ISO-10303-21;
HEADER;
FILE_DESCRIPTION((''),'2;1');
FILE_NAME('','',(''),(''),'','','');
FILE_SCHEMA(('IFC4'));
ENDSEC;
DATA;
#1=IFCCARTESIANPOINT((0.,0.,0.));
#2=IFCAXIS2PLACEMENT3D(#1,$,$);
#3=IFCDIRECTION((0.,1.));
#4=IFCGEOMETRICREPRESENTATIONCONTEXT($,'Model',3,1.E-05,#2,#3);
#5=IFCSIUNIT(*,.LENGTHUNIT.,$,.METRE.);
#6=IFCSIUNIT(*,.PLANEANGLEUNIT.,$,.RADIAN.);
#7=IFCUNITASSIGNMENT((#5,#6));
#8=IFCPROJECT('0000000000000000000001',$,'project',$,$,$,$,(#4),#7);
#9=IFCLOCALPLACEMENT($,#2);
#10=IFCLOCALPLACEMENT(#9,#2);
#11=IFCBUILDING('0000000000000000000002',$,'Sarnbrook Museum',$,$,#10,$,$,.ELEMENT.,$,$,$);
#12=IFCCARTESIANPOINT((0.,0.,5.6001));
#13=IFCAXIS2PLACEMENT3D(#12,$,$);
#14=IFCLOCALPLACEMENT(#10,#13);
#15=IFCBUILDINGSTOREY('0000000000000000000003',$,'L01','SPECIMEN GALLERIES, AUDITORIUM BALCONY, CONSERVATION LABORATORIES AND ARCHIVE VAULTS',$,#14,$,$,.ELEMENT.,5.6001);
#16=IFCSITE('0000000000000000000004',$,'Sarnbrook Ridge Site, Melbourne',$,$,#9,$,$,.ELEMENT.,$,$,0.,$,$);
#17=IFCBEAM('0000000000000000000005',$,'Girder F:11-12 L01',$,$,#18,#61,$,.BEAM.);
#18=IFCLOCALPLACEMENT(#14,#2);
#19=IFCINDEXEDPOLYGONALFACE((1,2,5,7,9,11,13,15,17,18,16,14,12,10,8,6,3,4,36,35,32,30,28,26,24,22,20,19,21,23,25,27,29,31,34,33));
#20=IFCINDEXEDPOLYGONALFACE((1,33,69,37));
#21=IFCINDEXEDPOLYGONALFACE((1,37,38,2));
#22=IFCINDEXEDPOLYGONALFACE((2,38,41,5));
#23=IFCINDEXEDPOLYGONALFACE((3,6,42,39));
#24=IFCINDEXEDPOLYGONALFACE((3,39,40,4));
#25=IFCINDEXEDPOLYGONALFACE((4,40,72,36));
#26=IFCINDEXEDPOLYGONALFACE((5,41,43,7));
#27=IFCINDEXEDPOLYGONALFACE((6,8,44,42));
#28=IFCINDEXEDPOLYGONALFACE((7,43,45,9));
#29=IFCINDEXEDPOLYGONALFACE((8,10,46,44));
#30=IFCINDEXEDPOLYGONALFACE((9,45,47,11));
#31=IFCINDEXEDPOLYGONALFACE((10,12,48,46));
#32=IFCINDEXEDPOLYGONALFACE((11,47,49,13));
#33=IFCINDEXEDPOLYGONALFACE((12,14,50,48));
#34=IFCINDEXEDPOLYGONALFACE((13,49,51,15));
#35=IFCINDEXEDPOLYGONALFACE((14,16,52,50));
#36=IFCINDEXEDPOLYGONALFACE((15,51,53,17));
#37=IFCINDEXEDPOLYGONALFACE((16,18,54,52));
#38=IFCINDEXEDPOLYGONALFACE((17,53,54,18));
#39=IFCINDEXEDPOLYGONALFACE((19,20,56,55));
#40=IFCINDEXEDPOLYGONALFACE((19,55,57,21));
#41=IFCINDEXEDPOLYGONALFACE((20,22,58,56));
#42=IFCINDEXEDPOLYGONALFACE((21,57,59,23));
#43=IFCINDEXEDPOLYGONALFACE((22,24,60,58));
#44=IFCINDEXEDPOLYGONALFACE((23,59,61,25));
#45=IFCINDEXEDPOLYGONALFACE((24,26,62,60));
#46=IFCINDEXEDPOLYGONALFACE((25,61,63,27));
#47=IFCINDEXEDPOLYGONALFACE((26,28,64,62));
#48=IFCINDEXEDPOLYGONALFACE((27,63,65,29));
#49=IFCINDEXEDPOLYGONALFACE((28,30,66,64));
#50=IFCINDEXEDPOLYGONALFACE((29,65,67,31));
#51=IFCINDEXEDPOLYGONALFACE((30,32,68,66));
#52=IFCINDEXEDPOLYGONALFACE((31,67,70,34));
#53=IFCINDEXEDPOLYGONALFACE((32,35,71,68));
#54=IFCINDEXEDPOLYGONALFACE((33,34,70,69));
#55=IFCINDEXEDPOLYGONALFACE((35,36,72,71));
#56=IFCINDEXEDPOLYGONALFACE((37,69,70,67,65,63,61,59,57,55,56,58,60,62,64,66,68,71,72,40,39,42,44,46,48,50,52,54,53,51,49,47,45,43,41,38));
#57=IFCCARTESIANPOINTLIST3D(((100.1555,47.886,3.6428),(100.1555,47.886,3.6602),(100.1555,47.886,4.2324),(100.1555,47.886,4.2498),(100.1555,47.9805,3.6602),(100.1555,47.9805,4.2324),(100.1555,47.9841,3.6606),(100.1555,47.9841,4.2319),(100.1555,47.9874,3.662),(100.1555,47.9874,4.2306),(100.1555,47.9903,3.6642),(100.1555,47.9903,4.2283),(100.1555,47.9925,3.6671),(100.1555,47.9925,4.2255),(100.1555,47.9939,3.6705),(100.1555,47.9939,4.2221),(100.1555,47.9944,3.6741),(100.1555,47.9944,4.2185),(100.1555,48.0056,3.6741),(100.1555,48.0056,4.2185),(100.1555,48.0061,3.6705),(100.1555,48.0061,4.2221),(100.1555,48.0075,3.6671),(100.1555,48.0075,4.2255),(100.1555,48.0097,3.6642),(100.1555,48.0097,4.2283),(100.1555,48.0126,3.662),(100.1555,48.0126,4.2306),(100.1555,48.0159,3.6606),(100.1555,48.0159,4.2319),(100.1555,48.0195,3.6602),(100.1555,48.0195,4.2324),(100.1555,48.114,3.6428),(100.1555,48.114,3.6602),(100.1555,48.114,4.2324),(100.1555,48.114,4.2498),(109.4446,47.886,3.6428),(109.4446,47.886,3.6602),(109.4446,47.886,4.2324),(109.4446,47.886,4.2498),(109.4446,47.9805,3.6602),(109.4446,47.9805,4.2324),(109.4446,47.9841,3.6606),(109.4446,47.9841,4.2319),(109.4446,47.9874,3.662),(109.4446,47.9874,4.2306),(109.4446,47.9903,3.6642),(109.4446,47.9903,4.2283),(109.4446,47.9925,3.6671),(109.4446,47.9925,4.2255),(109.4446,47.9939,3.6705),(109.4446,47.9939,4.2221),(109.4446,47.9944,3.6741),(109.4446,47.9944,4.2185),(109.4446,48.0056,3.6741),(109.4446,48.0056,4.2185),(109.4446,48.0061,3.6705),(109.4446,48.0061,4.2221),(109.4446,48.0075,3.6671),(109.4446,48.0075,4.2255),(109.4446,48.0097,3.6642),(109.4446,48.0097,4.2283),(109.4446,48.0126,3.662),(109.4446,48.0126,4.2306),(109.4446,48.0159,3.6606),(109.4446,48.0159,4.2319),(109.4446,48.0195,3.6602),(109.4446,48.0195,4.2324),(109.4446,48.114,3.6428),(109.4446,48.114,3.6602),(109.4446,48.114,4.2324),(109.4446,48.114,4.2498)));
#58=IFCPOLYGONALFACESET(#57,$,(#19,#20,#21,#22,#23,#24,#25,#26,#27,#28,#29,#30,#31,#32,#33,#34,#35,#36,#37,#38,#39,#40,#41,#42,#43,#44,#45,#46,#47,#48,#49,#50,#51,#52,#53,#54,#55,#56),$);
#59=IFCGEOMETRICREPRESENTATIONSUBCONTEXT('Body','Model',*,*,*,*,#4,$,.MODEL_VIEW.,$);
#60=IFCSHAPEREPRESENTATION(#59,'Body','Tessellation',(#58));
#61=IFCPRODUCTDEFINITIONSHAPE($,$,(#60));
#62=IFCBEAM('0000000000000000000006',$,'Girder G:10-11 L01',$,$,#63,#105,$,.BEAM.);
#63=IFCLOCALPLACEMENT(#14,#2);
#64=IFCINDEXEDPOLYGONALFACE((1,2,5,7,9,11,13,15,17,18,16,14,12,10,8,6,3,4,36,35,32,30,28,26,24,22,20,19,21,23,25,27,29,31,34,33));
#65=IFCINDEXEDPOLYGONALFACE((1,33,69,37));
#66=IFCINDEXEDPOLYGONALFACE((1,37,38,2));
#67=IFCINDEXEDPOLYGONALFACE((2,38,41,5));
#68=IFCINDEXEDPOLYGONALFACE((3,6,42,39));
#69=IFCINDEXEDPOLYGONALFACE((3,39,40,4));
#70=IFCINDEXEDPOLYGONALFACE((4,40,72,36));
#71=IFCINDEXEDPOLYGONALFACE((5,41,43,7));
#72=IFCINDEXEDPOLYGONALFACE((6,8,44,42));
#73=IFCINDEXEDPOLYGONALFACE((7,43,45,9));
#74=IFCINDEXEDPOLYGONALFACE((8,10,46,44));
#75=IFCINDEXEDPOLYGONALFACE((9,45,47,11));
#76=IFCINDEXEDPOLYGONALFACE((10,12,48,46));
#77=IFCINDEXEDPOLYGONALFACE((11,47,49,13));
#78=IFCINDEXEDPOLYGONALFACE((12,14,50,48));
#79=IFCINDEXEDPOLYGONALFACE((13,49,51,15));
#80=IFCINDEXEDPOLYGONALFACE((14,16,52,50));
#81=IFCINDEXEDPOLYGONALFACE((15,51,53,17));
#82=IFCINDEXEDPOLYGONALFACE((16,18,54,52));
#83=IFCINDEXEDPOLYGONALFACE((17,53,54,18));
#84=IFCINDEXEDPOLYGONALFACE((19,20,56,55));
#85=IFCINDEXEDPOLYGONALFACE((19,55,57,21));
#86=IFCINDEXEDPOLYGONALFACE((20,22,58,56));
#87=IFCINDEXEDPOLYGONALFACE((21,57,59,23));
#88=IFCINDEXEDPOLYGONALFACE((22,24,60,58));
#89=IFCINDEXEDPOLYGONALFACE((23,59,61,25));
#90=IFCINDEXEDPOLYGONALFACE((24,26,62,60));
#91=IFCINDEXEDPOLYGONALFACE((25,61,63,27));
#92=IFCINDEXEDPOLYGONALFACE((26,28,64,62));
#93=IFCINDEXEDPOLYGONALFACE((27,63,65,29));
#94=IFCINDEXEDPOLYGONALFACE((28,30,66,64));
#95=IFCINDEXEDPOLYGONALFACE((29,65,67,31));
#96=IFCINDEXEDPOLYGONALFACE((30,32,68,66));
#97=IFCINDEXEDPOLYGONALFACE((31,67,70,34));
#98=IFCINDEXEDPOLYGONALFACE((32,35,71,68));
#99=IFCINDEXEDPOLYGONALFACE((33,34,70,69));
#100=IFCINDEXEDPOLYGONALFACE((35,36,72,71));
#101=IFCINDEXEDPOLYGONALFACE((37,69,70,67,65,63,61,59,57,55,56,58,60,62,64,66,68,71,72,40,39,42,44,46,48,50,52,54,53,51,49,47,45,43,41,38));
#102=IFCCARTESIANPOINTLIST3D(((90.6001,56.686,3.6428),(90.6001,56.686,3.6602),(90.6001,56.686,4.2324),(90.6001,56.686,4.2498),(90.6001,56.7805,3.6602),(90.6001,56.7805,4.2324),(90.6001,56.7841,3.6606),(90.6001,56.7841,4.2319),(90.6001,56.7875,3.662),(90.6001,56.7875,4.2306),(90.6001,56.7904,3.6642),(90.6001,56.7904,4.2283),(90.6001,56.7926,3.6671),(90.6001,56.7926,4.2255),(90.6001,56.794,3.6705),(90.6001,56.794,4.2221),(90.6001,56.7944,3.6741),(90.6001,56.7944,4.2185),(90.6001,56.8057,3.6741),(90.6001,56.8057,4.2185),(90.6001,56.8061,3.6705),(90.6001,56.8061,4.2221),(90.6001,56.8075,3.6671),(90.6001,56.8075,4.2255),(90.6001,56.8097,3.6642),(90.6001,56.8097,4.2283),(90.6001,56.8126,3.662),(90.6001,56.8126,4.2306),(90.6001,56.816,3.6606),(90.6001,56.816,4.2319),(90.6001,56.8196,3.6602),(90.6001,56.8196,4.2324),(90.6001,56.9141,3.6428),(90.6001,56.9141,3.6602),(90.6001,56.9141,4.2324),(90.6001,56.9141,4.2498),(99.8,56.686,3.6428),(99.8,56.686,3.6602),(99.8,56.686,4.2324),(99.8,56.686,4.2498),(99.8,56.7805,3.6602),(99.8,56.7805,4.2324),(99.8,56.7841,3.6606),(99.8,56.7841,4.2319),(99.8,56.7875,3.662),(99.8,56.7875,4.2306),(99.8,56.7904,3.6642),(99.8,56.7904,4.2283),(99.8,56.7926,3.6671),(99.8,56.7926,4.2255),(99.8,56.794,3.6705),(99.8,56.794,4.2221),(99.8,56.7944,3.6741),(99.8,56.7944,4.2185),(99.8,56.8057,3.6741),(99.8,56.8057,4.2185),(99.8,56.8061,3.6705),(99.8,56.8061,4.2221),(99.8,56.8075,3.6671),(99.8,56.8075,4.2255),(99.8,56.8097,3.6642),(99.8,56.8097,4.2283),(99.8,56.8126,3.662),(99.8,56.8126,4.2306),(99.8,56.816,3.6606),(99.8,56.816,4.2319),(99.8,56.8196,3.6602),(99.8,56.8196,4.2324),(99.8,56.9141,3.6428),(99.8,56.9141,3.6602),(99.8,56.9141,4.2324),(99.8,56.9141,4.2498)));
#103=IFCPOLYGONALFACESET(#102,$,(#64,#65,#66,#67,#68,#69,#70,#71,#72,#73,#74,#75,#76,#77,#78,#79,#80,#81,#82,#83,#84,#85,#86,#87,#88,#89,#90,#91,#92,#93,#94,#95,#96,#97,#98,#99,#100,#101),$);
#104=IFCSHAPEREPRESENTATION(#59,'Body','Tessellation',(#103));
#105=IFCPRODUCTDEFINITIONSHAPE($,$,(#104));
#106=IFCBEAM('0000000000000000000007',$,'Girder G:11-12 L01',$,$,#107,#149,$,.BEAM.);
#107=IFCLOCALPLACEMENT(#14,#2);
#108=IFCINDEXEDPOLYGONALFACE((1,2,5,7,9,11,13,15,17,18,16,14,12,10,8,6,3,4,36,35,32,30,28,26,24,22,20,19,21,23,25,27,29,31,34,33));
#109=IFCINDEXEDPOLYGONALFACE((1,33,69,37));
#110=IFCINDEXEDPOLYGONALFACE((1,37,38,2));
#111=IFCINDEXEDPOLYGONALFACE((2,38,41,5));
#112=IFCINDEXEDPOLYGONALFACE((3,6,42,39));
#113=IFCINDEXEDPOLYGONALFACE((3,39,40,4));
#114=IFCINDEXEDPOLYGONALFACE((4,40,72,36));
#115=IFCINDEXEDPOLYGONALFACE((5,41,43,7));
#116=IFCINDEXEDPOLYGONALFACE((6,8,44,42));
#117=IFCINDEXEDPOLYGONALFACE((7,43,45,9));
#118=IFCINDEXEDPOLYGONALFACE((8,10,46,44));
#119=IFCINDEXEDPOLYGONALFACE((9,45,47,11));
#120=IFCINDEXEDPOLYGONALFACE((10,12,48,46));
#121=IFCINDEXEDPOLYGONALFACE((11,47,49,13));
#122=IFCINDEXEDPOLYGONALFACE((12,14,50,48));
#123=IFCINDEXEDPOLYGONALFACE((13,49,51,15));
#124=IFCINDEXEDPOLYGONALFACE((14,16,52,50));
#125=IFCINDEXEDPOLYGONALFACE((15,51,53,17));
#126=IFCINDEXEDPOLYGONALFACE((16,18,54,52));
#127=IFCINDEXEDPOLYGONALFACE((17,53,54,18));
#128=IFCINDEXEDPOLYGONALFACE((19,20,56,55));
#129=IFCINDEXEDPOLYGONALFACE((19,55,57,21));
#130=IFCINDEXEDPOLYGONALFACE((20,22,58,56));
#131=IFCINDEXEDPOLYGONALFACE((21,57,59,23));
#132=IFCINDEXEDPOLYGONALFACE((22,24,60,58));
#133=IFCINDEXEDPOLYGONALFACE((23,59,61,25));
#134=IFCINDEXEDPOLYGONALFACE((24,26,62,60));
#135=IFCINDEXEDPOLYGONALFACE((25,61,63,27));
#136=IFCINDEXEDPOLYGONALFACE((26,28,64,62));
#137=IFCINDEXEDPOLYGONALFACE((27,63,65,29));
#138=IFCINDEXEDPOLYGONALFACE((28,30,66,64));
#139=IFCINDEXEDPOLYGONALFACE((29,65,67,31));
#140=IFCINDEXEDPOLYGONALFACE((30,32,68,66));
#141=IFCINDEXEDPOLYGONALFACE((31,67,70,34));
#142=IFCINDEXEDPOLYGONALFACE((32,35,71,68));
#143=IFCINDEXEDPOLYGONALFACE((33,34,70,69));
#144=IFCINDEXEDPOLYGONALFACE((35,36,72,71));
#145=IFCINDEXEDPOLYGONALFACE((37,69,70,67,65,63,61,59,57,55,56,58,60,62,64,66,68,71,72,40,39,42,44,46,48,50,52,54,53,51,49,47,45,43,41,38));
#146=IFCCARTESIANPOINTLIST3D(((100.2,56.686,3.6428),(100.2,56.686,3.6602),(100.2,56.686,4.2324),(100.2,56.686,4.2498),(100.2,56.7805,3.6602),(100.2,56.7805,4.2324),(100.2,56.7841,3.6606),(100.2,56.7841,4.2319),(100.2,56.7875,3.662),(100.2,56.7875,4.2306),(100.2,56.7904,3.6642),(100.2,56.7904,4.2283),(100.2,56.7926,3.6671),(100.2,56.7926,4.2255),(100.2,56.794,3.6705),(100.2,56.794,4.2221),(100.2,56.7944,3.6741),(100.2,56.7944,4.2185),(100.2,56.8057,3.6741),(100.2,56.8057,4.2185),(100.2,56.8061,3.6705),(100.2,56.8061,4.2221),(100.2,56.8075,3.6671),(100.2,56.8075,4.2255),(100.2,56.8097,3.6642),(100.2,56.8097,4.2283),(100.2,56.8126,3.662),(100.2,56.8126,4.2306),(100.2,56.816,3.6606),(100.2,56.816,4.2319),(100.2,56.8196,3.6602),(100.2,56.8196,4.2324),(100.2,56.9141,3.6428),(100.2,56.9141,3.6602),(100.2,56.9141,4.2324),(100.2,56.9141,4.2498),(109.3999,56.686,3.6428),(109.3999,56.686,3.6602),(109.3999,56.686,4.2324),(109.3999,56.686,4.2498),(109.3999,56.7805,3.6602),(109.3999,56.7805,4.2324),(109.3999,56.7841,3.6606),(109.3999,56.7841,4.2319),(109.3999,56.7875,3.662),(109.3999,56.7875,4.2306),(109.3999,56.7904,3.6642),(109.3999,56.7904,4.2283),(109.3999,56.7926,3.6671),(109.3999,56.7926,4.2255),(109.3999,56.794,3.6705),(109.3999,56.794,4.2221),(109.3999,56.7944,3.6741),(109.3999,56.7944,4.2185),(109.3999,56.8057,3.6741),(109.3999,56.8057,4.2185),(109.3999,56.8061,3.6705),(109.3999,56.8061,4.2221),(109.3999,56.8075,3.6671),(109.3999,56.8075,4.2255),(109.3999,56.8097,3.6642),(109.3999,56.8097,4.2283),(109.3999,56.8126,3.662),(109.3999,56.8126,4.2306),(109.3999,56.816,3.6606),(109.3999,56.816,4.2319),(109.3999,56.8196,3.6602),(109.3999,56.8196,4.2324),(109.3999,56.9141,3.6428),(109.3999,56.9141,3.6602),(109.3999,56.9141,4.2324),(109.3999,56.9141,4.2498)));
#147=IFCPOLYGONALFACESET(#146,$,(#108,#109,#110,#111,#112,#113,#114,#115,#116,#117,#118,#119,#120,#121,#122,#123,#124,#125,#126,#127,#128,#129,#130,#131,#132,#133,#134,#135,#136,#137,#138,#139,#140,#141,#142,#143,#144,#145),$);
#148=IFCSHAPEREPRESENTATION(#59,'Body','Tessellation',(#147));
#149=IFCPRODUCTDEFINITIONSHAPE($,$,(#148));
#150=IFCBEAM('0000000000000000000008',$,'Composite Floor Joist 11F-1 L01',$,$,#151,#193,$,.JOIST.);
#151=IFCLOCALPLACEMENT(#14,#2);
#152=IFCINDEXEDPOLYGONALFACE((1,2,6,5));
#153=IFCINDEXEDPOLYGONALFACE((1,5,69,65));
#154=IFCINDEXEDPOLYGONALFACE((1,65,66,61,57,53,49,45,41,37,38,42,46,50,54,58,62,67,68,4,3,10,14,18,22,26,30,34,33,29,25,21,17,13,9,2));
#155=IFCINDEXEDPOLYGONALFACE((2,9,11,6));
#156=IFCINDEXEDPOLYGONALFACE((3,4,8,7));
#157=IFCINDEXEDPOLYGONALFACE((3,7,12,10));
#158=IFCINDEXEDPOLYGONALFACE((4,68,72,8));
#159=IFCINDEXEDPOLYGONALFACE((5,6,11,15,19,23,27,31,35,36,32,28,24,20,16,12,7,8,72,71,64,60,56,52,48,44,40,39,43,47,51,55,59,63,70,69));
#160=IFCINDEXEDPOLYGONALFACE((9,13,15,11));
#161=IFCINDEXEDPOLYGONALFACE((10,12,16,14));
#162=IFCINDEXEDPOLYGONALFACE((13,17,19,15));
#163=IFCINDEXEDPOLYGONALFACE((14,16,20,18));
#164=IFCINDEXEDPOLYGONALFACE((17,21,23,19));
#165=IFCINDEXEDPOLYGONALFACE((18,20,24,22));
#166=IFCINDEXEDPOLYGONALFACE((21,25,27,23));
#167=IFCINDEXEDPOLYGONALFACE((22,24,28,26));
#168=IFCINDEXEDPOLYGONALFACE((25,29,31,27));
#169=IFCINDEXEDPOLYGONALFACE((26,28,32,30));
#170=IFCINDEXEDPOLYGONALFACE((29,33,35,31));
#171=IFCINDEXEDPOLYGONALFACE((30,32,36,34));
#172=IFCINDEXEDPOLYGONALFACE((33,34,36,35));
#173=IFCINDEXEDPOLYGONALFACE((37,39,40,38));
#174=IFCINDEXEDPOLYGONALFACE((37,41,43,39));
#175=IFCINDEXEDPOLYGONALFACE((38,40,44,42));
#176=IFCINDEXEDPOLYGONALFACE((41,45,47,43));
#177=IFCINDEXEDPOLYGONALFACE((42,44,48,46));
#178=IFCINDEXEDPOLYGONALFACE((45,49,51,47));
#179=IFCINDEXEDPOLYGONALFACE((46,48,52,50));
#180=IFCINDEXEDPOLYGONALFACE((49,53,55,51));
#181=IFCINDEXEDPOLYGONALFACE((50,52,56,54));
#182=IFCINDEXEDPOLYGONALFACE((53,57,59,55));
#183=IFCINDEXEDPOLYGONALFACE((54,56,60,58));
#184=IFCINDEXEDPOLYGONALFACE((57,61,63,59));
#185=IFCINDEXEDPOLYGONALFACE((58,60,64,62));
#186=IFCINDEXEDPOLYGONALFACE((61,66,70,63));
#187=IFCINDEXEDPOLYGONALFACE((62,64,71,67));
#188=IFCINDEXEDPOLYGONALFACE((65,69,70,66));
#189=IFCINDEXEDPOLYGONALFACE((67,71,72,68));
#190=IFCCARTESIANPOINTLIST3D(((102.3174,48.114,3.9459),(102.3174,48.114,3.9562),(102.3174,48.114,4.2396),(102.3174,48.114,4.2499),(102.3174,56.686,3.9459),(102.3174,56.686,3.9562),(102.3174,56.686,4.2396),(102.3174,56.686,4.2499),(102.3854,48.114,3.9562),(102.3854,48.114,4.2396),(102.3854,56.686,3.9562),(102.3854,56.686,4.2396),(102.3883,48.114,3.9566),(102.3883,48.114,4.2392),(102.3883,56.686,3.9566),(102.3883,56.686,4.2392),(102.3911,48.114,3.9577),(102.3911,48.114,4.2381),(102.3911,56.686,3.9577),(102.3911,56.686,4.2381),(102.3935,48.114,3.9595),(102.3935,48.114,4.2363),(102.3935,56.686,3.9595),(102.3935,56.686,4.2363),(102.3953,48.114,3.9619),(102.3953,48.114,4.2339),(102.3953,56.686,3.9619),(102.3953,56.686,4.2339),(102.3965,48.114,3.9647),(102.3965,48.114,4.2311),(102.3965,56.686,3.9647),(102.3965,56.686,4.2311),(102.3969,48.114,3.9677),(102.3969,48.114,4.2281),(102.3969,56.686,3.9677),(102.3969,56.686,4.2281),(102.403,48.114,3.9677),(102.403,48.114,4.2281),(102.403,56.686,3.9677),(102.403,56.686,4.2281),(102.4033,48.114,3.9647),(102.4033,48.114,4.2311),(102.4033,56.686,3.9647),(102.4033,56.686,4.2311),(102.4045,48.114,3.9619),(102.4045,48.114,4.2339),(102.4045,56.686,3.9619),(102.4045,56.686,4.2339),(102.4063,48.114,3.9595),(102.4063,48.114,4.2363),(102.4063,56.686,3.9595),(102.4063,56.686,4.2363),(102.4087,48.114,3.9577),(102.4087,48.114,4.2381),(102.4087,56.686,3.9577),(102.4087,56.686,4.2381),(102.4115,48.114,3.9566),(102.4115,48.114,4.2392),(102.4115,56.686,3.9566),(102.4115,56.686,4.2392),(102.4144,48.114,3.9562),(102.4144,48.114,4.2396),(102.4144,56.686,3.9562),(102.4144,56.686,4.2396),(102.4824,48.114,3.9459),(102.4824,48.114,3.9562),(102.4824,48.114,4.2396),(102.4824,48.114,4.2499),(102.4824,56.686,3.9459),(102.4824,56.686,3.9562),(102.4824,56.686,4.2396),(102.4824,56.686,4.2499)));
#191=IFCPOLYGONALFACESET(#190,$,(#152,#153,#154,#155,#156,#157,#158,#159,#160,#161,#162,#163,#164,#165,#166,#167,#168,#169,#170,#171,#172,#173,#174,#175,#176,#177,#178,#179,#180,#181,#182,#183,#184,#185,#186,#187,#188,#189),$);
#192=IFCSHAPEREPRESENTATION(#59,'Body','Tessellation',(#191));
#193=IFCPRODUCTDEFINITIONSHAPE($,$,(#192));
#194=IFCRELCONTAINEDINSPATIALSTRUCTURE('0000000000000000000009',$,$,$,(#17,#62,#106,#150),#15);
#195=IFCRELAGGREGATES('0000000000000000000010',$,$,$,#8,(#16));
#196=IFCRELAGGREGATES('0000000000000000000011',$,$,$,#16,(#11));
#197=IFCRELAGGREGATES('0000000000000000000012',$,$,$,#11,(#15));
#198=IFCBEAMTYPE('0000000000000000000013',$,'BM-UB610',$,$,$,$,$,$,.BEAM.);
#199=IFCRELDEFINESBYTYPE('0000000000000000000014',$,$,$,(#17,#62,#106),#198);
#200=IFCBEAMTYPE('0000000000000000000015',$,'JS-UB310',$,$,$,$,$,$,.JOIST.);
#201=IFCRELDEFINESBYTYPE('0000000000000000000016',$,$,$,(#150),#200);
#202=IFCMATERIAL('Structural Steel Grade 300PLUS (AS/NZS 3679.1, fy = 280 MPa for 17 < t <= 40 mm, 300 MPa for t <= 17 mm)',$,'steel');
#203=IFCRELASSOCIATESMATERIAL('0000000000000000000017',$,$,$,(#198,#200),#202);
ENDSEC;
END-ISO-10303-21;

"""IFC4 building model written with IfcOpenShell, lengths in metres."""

from ifc_helpers import new_model, si_unit, direction, frame, origin, origin_2d, place, context, subcontext, project, spatial, i_section, extrude, material, material_profile, profile_set, type_object, element, save


model = new_model("IFC4")

# Units and contexts
model_context = context("Model", 3, precision=1e-05, world=origin(), true_north=direction((0.0, 1.0)))
body_context = subcontext(model_context, "Body", "Model", "MODEL_VIEW")
ifc_project = project(units=[si_unit("LENGTHUNIT", "METRE"), si_unit("PLANEANGLEUNIT", "RADIAN")], contexts=[model_context])

# Site, building, storey
site_placement = place(None, origin())
site = spatial("IfcSite", under=ifc_project, at=site_placement, Name="Sarnbrook Ridge Site, Melbourne", CompositionType="ELEMENT", RefElevation=0.0)
building_placement = place(site_placement, origin())
building = spatial("IfcBuilding", under=site, at=building_placement, Name="Sarnbrook Museum", CompositionType="ELEMENT")
storey_placement = place(building_placement, frame((0.0, 0.0, 5.6001)))
storey = spatial("IfcBuildingStorey", under=building, at=storey_placement, Name="L01", Description="SPECIMEN GALLERIES, AUDITORIUM BALCONY, CONSERVATION LABORATORIES AND ARCHIVE VAULTS", CompositionType="ELEMENT", Elevation=5.6001)

# Shared definitions
ifc_material_1 = material(Name="Structural Steel Grade 300PLUS (AS/NZS 3679.1, fy = 280 MPa for 17 < t <= 40 mm, 300 MPa for t <= 17 mm)", Category="steel")

# Beams
ifc_material_profile_1 = material_profile(ifc_material_1, i_section(OverallWidth=0.228, OverallDepth=0.6069, WebThickness=0.0112, FlangeThickness=0.0173, FilletRadius=0.0139, at=origin_2d()), Name="610UB113")
ifc_profile_set_1 = profile_set([ifc_material_profile_1], Name="Structural Steel Grade 300PLUS (AS/NZS 3679.1, fy = 280 MPa for 17 < t <= 40 mm, 300 MPa for t <= 17 mm)")
beam_type_1 = type_object("IfcBeamType", Name="BM-UB610", PredefinedType="BEAM", material=ifc_profile_set_1)
for number, where, z_axis, x_axis, name in (
    (1, (100.1555, 48.0, 3.9463), (1.0, 0.0, 0.0), (0.0, 1.0, 0.0), "Girder F:11-12 L01"),
):
    element("IfcBeam", number, at=place(storey_placement, frame(where, z_axis=z_axis, x_axis=x_axis)), inside=storey, type_object=beam_type_1, Name=name, PredefinedType="BEAM", context=body_context, shape_type="SweptSolid", body=[
        extrude(i_section(OverallWidth=0.228, OverallDepth=0.6069, WebThickness=0.0112, FlangeThickness=0.0173, FilletRadius=0.0139, at=origin_2d()), origin(), (0.0, 0.0, 1.0), 9.2891),
    ])
for number, where, z_axis, x_axis, name in (
    (2, (90.6001, 56.8, 3.9463), (1.0, 0.0, 0.0), (0.0, 1.0, 0.0), "Girder G:10-11 L01"),
    (3, (100.2, 56.8, 3.9463), (1.0, 0.0, 0.0), (0.0, 1.0, 0.0), "Girder G:11-12 L01"),
):
    element("IfcBeam", number, at=place(storey_placement, frame(where, z_axis=z_axis, x_axis=x_axis)), inside=storey, type_object=beam_type_1, Name=name, PredefinedType="BEAM", context=body_context, shape_type="SweptSolid", body=[
        extrude(i_section(OverallWidth=0.228, OverallDepth=0.6069, WebThickness=0.0112, FlangeThickness=0.0173, FilletRadius=0.0139, at=origin_2d()), origin(), (0.0, 0.0, 1.0), 9.2),
    ])
ifc_material_profile_2 = material_profile(ifc_material_1, i_section(OverallWidth=0.165, OverallDepth=0.304, WebThickness=0.0061, FlangeThickness=0.0103, FilletRadius=0.0115, at=origin_2d()), Name="310UB40.4")
ifc_profile_set_2 = profile_set([ifc_material_profile_2], Name="Structural Steel Grade 300PLUS (AS/NZS 3679.1, fy = 280 MPa for 17 < t <= 40 mm, 300 MPa for t <= 17 mm)")
beam_type_2 = type_object("IfcBeamType", Name="JS-UB310", PredefinedType="JOIST", material=ifc_profile_set_2)
for number, where, z_axis, x_axis, name in (
    (4, (102.3999, 48.114, 4.0979), (0.0, 1.0, 0.0), (-1.0, 0.0, 0.0), "Composite Floor Joist 11F-1 L01"),
):
    element("IfcBeam", number, at=place(storey_placement, frame(where, z_axis=z_axis, x_axis=x_axis)), inside=storey, type_object=beam_type_2, Name=name, PredefinedType="JOIST", context=body_context, shape_type="SweptSolid", body=[
        extrude(i_section(OverallWidth=0.165, OverallDepth=0.304, WebThickness=0.0061, FlangeThickness=0.0103, FilletRadius=0.0115, at=origin_2d()), origin(), (0.0, 0.0, 1.0), 8.572),
    ])

save(model, "model.ifc")
